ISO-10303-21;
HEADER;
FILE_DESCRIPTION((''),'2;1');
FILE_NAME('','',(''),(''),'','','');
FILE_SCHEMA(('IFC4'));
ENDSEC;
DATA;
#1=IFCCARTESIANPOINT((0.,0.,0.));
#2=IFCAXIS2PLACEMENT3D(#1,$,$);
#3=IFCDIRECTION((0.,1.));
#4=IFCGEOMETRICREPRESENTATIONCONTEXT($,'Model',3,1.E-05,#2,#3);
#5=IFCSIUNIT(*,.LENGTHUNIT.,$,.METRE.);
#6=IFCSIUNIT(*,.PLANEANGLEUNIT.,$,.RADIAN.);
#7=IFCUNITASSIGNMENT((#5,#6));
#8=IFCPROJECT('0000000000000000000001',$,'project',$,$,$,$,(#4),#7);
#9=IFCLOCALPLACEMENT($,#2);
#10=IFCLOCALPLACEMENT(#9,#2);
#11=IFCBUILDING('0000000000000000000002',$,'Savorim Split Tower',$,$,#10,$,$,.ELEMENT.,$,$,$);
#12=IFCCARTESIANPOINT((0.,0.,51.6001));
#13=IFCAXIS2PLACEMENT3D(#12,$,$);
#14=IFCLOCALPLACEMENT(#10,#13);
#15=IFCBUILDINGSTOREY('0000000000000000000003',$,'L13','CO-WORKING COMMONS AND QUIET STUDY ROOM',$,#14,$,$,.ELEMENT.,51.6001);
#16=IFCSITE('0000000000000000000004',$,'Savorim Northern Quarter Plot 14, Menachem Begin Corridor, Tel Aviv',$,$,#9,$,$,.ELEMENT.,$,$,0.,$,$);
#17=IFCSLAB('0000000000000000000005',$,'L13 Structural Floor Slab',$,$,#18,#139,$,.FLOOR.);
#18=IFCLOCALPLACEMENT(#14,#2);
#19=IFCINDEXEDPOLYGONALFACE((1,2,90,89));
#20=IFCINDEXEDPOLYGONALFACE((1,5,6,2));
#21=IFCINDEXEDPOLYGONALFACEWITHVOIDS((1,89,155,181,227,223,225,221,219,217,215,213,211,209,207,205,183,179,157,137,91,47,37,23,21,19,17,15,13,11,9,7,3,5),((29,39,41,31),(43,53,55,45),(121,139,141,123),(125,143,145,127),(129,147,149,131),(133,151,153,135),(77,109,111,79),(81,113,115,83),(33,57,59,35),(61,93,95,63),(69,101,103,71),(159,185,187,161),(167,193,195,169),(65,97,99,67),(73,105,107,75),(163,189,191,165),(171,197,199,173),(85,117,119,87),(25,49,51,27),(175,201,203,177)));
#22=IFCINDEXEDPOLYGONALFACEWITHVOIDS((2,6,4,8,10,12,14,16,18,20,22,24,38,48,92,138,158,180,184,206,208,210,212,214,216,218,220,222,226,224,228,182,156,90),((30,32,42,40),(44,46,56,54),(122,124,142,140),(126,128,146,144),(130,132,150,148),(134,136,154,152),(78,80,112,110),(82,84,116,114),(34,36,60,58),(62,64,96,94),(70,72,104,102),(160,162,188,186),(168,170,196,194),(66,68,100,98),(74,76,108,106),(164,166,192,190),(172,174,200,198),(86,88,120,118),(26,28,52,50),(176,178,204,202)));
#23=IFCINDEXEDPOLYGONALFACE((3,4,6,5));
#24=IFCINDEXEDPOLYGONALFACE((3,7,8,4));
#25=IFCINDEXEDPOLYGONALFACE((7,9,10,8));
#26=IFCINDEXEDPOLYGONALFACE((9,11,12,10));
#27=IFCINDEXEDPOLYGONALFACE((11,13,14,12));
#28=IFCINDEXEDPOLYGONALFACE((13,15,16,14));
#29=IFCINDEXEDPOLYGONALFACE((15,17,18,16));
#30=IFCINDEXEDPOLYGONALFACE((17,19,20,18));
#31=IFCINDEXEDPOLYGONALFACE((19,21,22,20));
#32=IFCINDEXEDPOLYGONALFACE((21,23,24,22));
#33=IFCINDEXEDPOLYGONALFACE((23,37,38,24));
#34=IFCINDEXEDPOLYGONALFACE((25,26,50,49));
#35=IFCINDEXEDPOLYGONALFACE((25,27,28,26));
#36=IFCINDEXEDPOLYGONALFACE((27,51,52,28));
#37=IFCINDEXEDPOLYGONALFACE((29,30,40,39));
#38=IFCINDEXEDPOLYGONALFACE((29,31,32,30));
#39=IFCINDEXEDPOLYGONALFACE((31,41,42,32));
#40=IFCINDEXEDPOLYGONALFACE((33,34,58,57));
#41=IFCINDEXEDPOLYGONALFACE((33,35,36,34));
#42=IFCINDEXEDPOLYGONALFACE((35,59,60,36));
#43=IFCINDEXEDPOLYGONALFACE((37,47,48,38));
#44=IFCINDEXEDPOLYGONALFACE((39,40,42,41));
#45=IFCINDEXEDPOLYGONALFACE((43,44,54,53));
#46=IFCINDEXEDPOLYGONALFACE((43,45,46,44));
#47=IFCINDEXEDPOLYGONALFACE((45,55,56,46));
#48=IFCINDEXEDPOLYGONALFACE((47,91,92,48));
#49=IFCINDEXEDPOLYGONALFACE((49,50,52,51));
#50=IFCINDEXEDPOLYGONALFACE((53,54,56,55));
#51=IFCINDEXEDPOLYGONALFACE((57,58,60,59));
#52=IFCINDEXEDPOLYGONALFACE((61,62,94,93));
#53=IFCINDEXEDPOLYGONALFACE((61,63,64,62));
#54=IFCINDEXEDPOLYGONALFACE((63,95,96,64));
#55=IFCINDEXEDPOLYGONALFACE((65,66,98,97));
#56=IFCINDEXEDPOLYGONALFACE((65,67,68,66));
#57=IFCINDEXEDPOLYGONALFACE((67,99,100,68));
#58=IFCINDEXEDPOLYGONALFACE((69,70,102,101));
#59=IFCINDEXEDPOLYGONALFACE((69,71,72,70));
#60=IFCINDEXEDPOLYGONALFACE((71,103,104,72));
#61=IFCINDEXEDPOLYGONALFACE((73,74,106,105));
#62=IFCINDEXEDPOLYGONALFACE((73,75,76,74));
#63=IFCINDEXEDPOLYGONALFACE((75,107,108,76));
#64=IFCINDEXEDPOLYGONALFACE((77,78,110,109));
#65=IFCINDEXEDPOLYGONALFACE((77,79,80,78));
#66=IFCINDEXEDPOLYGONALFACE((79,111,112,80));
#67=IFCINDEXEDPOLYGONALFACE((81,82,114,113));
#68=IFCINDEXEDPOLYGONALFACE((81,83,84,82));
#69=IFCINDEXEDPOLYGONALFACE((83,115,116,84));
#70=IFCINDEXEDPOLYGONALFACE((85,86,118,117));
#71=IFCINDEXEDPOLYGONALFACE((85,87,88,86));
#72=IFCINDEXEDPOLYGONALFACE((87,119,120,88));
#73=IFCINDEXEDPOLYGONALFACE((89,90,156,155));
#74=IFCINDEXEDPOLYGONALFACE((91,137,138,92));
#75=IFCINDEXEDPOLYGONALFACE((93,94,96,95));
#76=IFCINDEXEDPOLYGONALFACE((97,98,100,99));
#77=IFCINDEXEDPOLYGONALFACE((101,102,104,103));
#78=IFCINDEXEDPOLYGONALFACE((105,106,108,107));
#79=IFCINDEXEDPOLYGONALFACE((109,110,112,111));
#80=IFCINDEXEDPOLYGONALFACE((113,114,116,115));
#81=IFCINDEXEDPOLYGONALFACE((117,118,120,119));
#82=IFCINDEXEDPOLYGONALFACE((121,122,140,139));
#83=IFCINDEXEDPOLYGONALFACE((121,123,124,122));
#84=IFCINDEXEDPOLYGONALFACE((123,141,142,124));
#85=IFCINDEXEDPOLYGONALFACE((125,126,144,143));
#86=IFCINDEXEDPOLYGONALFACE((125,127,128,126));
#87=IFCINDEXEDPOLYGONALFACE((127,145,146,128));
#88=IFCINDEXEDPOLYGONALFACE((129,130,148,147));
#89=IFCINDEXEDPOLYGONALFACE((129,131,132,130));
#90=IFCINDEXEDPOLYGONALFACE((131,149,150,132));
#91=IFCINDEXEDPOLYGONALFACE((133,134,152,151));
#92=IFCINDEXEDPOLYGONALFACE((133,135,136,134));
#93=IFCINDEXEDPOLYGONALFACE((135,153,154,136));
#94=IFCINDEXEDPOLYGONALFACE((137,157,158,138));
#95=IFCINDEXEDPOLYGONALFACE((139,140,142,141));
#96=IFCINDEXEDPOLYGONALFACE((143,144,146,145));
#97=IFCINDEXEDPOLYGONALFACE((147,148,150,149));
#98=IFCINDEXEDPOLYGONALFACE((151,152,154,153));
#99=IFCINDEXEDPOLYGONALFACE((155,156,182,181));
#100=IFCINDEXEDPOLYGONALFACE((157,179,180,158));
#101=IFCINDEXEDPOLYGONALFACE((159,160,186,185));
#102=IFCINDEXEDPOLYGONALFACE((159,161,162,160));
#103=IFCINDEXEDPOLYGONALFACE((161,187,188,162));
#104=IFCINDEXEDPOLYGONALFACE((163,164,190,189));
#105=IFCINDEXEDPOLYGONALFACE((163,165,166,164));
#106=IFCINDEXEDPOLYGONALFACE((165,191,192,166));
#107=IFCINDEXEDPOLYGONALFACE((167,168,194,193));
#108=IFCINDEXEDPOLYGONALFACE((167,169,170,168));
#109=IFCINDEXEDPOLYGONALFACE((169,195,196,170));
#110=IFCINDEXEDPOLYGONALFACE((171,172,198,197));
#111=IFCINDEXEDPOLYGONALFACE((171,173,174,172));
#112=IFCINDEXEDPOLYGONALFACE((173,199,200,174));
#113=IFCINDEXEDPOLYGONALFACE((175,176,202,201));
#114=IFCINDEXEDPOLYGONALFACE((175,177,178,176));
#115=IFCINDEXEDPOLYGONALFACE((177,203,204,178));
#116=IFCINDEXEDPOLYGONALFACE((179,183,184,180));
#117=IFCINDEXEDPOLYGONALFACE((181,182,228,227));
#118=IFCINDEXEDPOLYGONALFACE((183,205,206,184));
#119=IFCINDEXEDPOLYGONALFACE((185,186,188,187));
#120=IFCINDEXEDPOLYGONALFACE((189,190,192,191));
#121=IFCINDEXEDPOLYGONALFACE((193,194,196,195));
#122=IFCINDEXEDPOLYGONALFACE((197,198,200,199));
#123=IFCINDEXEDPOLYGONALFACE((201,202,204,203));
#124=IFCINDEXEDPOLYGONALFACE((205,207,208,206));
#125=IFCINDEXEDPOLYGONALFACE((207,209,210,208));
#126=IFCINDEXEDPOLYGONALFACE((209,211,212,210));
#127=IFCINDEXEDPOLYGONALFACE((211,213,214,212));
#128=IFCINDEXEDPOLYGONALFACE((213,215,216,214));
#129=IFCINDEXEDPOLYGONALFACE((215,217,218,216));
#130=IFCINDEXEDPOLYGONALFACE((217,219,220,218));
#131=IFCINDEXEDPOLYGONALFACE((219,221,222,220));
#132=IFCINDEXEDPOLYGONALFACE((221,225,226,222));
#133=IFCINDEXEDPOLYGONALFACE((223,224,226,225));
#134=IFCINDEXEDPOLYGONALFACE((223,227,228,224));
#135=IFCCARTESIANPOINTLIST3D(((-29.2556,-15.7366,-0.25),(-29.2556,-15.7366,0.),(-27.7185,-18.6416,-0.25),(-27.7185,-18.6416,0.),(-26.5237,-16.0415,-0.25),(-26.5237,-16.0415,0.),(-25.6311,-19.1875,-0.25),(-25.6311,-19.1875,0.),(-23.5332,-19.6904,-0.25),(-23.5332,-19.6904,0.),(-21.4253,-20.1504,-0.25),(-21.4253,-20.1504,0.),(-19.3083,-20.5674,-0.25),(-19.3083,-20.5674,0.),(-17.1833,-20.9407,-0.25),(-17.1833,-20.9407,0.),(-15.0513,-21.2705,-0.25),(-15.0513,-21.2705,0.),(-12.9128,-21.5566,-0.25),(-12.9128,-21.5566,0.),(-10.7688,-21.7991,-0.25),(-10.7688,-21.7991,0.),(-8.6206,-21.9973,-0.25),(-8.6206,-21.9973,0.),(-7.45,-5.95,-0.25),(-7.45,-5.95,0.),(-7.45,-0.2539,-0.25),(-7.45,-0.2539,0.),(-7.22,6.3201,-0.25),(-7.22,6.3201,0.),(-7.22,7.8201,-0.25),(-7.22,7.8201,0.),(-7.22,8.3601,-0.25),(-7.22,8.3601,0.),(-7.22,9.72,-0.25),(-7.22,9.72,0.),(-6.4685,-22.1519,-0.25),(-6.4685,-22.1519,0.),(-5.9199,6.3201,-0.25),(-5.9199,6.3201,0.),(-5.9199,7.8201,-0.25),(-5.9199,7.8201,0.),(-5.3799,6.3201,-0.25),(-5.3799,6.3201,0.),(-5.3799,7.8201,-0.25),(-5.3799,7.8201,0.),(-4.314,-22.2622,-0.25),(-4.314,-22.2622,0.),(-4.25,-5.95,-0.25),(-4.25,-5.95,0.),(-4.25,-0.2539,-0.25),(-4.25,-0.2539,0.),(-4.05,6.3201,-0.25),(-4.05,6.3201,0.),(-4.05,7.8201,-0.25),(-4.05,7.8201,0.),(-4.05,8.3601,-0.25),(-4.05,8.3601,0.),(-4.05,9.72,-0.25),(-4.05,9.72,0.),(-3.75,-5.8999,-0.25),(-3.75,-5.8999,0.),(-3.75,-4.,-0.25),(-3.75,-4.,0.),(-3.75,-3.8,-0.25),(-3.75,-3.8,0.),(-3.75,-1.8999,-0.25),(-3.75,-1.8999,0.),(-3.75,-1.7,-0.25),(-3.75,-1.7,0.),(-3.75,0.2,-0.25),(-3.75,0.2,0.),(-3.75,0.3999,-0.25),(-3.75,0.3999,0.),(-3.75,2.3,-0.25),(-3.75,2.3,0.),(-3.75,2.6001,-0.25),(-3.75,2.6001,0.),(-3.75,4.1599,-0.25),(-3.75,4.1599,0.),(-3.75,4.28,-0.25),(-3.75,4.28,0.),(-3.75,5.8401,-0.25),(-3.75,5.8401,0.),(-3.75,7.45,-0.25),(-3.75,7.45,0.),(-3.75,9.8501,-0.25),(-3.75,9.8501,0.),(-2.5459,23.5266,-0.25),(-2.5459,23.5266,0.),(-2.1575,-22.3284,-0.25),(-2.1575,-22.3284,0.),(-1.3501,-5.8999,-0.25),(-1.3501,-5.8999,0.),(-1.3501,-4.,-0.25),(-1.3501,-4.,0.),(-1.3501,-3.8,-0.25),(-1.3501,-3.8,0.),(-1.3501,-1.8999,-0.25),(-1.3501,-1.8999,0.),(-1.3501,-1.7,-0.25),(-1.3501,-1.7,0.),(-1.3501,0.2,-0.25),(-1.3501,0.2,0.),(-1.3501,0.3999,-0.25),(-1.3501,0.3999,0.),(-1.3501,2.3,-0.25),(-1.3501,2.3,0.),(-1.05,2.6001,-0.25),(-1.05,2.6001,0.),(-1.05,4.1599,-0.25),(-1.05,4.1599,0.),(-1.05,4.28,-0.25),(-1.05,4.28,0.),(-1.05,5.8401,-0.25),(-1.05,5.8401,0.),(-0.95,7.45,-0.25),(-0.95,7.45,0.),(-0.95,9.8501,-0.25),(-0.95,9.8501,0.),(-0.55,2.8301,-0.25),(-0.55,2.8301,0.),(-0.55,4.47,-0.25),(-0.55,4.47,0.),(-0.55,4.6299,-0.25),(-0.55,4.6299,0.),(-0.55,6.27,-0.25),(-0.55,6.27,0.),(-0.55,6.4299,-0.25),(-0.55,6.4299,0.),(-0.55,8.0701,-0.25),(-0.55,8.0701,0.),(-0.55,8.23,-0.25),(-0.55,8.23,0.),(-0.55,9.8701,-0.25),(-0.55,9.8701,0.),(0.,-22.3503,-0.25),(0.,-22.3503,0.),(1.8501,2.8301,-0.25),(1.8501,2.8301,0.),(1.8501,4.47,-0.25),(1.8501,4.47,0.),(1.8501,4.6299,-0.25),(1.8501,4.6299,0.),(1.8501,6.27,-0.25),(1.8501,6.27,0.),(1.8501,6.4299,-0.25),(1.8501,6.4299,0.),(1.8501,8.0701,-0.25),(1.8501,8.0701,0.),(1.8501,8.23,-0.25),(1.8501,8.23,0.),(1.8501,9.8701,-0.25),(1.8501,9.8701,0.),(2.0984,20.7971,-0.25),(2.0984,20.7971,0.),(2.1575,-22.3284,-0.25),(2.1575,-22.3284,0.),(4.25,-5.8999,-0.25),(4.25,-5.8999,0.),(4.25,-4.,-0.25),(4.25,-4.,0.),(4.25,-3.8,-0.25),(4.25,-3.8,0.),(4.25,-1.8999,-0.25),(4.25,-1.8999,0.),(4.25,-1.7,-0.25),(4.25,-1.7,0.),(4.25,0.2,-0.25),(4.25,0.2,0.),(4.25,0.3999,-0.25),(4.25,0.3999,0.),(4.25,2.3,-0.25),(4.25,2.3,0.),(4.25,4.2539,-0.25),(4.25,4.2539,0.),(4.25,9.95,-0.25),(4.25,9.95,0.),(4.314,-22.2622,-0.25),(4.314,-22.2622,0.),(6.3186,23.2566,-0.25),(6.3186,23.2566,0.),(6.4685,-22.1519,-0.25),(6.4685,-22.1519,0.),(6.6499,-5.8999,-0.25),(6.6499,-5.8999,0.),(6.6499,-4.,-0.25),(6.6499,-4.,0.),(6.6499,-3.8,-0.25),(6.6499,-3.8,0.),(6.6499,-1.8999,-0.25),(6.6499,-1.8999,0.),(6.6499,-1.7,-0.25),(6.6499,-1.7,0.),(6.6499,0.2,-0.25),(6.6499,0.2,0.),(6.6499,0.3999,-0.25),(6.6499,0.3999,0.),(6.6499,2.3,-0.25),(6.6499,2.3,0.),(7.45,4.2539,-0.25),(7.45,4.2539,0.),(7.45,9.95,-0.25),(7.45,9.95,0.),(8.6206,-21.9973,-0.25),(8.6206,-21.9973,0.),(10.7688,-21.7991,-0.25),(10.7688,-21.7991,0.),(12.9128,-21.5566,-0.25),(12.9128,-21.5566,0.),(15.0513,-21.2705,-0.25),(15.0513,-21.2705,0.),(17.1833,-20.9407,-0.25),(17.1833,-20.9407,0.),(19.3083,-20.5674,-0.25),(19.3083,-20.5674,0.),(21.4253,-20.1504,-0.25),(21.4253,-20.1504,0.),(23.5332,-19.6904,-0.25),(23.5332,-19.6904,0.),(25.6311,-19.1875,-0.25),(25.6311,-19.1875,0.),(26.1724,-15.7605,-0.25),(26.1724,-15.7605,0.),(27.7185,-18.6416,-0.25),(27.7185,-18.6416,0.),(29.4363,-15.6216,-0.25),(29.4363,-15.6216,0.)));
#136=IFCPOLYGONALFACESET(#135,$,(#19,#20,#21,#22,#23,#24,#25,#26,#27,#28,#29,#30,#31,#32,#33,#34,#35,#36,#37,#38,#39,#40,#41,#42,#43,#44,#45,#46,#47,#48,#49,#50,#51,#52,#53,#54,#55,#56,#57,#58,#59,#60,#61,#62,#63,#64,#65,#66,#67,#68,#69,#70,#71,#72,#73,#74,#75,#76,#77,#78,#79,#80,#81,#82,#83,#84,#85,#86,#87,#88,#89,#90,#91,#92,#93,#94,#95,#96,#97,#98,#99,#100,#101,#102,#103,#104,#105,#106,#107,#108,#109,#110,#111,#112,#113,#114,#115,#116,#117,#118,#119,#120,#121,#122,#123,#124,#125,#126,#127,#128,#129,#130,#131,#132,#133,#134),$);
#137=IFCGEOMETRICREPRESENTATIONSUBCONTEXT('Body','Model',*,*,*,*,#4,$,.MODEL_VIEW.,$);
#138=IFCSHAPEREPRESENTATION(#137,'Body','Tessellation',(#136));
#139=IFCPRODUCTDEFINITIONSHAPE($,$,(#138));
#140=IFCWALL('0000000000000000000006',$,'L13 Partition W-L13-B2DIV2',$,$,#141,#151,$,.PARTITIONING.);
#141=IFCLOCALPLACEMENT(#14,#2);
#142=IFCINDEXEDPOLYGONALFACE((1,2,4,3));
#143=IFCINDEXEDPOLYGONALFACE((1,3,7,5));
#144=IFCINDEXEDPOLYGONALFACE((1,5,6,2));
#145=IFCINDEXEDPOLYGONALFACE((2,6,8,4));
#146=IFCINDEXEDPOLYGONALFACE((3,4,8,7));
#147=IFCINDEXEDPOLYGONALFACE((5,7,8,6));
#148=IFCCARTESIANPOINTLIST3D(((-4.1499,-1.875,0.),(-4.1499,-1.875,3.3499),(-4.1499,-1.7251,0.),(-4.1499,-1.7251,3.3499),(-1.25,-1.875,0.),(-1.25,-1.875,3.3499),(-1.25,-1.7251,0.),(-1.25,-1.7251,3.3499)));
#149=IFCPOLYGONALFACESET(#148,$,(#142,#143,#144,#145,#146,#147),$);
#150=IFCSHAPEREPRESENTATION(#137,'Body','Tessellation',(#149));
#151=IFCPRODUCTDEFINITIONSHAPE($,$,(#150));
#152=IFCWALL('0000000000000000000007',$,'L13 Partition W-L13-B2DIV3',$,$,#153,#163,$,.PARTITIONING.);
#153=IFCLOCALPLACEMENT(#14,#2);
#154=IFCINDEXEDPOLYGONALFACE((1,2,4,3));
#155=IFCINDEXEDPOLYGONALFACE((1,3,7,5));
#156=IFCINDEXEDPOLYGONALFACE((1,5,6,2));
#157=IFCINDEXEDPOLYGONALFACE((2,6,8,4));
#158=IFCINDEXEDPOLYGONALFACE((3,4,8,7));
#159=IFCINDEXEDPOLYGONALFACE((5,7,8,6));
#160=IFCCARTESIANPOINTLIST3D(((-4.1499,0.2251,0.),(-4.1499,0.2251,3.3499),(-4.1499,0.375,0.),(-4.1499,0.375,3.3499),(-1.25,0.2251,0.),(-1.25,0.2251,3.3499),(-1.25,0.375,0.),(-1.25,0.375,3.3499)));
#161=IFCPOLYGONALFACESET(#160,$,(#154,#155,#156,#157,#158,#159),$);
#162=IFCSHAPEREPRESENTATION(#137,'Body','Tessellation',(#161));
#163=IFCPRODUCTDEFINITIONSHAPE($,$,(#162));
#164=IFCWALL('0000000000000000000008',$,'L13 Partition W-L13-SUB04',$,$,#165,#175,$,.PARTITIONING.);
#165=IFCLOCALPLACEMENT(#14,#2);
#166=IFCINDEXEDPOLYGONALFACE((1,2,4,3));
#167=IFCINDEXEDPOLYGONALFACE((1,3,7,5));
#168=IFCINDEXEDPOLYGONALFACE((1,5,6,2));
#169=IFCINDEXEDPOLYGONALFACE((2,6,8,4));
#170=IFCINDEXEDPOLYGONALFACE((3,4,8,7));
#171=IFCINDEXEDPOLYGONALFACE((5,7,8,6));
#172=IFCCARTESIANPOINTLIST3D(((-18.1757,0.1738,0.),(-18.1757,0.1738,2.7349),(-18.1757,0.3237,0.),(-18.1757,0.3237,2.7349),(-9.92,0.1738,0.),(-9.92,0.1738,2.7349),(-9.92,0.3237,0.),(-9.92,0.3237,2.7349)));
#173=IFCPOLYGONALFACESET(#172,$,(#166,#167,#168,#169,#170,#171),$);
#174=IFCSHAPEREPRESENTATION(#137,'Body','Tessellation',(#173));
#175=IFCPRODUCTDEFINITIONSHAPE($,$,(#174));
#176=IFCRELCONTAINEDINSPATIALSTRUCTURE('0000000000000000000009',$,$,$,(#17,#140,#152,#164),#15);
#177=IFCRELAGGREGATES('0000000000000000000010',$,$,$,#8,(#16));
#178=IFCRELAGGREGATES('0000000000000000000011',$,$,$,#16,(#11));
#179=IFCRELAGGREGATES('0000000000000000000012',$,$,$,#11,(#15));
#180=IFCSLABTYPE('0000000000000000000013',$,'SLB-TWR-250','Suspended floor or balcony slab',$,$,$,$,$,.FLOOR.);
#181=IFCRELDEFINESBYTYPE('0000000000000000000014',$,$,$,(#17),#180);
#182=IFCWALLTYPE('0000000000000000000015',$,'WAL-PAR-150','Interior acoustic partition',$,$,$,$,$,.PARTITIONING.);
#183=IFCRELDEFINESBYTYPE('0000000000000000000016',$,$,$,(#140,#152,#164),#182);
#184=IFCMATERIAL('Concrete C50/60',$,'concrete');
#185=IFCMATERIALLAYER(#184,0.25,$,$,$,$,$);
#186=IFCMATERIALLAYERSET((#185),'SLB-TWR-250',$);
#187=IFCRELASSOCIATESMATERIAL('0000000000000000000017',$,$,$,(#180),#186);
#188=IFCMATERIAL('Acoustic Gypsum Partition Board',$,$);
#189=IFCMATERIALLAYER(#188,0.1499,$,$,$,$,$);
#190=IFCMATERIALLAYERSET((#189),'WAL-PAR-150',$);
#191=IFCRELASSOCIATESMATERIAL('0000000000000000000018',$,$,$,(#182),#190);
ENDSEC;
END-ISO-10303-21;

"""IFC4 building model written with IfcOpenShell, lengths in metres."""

from ifc_helpers import new_model, si_unit, direction, frame, frame_2d, origin, place, context, subcontext, project, spatial, polyline, rectangle, outline, extrude, material, layer, layer_set, type_object, element, save


model = new_model("IFC4")

# Units and contexts
model_context = context("Model", 3, precision=1e-05, world=origin(), true_north=direction((0.0, 1.0)))
body_context = subcontext(model_context, "Body", "Model", "MODEL_VIEW")
ifc_project = project(units=[si_unit("LENGTHUNIT", "METRE"), si_unit("PLANEANGLEUNIT", "RADIAN")], contexts=[model_context])

# Site, building, storey
site_placement = place(None, origin())
site = spatial("IfcSite", under=ifc_project, at=site_placement, Name="Savorim Northern Quarter Plot 14, Menachem Begin Corridor, Tel Aviv", CompositionType="ELEMENT", RefElevation=0.0)
building_placement = place(site_placement, origin())
building = spatial("IfcBuilding", under=site, at=building_placement, Name="Savorim Split Tower", CompositionType="ELEMENT")
storey_placement = place(building_placement, frame((0.0, 0.0, 51.6001)))
storey = spatial("IfcBuildingStorey", under=building, at=storey_placement, Name="L13", Description="CO-WORKING COMMONS AND QUIET STUDY ROOM", CompositionType="ELEMENT", Elevation=51.6001)

# Slab
ifc_material_1 = material(Name="Concrete C50/60", Category="concrete")
ifc_layer_1 = layer(ifc_material_1, 0.25)
ifc_layer_set_1 = layer_set([ifc_layer_1], Name="SLB-TWR-250")
slab_type_1 = type_object("IfcSlabType", Name="SLB-TWR-250", Description="Suspended floor or balcony slab", PredefinedType="FLOOR", material=ifc_layer_set_1)
slab_1_placement = place(storey_placement, frame((0.0, 0.0, -0.25)))
element("IfcSlab", 1, at=slab_1_placement, inside=storey, type_object=slab_type_1, Name="L13 Structural Floor Slab", PredefinedType="FLOOR", context=body_context, shape_type="SweptSolid", body=[
    extrude(outline(polyline([(-27.7185, -18.6416), (-25.6311, -19.1875), (-23.5332, -19.6904), (-21.4253, -20.1504), (-19.3083, -20.5674), (-17.1833, -20.9407), (-15.0513, -21.2705), (-12.9128, -21.5566), (-10.7688, -21.7991), (-8.6206, -21.9973), (-6.4685, -22.1519), (-4.314, -22.2622), (-2.1575, -22.3284), (0.0, -22.3503), (2.1575, -22.3284), (4.314, -22.2622), (6.4685, -22.1519), (8.6206, -21.9973), (10.7688, -21.7991), (12.9128, -21.5566), (15.0513, -21.2705), (17.1833, -20.9407), (19.3083, -20.5674), (21.4253, -20.1504), (23.5332, -19.6904), (25.6311, -19.1875), (27.7185, -18.6416), (26.1724, -15.7605), (29.4363, -15.6216), (6.3186, 23.2566), (2.0984, 20.7971), (-2.5459, 23.5266), (-29.2556, -15.7366), (-26.5237, -16.0415), (-27.7185, -18.6416)]), holes=[polyline([(-7.45, -0.2539), (-7.45, -5.95), (-4.25, -5.95), (-4.25, -0.2539), (-7.45, -0.2539)]), polyline([(7.45, 4.2539), (7.45, 9.95), (4.25, 9.95), (4.25, 4.2539), (7.45, 4.2539)]), polyline([(4.25, -5.8999), (6.6499, -5.8999), (6.6499, -4.0), (4.25, -4.0), (4.25, -5.8999)]), polyline([(4.25, -3.8), (6.6499, -3.8), (6.6499, -1.8999), (4.25, -1.8999), (4.25, -3.8)]), polyline([(4.25, -1.7), (6.6499, -1.7), (6.6499, 0.2), (4.25, 0.2), (4.25, -1.7)]), polyline([(4.25, 0.3999), (6.6499, 0.3999), (6.6499, 2.3), (4.25, 2.3), (4.25, 0.3999)]), polyline([(-3.75, -5.8999), (-1.3501, -5.8999), (-1.3501, -4.0), (-3.75, -4.0), (-3.75, -5.8999)]), polyline([(-3.75, -3.8), (-1.3501, -3.8), (-1.3501, -1.8999), (-3.75, -1.8999), (-3.75, -3.8)]), polyline([(-3.75, -1.7), (-1.3501, -1.7), (-1.3501, 0.2), (-3.75, 0.2), (-3.75, -1.7)]), polyline([(-3.75, 0.3999), (-1.3501, 0.3999), (-1.3501, 2.3), (-3.75, 2.3), (-3.75, 0.3999)]), polyline([(-0.55, 2.8301), (1.8501, 2.8301), (1.8501, 4.47), (-0.55, 4.47), (-0.55, 2.8301)]), polyline([(-0.55, 4.6299), (1.8501, 4.6299), (1.8501, 6.27), (-0.55, 6.27), (-0.55, 4.6299)]), polyline([(-0.55, 6.4299), (1.8501, 6.4299), (1.8501, 8.0701), (-0.55, 8.0701), (-0.55, 6.4299)]), polyline([(-0.55, 8.23), (1.8501, 8.23), (1.8501, 9.8701), (-0.55, 9.8701), (-0.55, 8.23)]), polyline([(-3.75, 2.6001), (-1.05, 2.6001), (-1.05, 4.1599), (-3.75, 4.1599), (-3.75, 2.6001)]), polyline([(-3.75, 4.28), (-1.05, 4.28), (-1.05, 5.8401), (-3.75, 5.8401), (-3.75, 4.28)]), polyline([(-3.75, 7.45), (-0.95, 7.45), (-0.95, 9.8501), (-3.75, 9.8501), (-3.75, 7.45)]), polyline([(-7.22, 6.3201), (-5.9199, 6.3201), (-5.9199, 7.8201), (-7.22, 7.8201), (-7.22, 6.3201)]), polyline([(-5.3799, 6.3201), (-4.05, 6.3201), (-4.05, 7.8201), (-5.3799, 7.8201), (-5.3799, 6.3201)]), polyline([(-7.22, 8.3601), (-4.05, 8.3601), (-4.05, 9.72), (-7.22, 9.72), (-7.22, 8.3601)])]), origin(), (0.0, 0.0, 1.0), 0.25),
])

# Walls
ifc_material_2 = material(Name="Acoustic Gypsum Partition Board")
ifc_layer_2 = layer(ifc_material_2, 0.1499)
ifc_layer_set_2 = layer_set([ifc_layer_2], Name="WAL-PAR-150")
wall_type_1 = type_object("IfcWallType", Name="WAL-PAR-150", Description="Interior acoustic partition", PredefinedType="PARTITIONING", material=ifc_layer_set_2)
for number, where, z_axis, x_axis, name in (
    (2, (-4.1499, -1.8, 0.0), (0.0, 0.0, 1.0), (1.0, 0.0, 0.0), "L13 Partition W-L13-B2DIV2"),
    (3, (-4.1499, 0.3, 0.0), (0.0, 0.0, 1.0), (1.0, 0.0, 0.0), "L13 Partition W-L13-B2DIV3"),
):
    element("IfcWall", number, at=place(storey_placement, frame(where, z_axis=z_axis, x_axis=x_axis)), inside=storey, type_object=wall_type_1, Name=name, PredefinedType="PARTITIONING", context=body_context, shape_type="SweptSolid", body=[
        extrude(rectangle(XDim=2.8999, YDim=0.1499, at=frame_2d((1.45, 0.0))), origin(), (0.0, 0.0, 1.0), 3.3499),
    ])
wall_1_placement = place(storey_placement, frame((-9.9199, 0.2488, 0.0), z_axis=(0.0, 0.0, 1.0), x_axis=(-1.0, 0.0, 0.0)))
element("IfcWall", 4, at=wall_1_placement, inside=storey, type_object=wall_type_1, Name="L13 Partition W-L13-SUB04", PredefinedType="PARTITIONING", context=body_context, shape_type="SweptSolid", body=[
    extrude(rectangle(XDim=8.2556, YDim=0.1499, at=frame_2d((4.1279, 0.0))), origin(), (0.0, 0.0, 1.0), 2.7349),
])

save(model, "model.ifc")
